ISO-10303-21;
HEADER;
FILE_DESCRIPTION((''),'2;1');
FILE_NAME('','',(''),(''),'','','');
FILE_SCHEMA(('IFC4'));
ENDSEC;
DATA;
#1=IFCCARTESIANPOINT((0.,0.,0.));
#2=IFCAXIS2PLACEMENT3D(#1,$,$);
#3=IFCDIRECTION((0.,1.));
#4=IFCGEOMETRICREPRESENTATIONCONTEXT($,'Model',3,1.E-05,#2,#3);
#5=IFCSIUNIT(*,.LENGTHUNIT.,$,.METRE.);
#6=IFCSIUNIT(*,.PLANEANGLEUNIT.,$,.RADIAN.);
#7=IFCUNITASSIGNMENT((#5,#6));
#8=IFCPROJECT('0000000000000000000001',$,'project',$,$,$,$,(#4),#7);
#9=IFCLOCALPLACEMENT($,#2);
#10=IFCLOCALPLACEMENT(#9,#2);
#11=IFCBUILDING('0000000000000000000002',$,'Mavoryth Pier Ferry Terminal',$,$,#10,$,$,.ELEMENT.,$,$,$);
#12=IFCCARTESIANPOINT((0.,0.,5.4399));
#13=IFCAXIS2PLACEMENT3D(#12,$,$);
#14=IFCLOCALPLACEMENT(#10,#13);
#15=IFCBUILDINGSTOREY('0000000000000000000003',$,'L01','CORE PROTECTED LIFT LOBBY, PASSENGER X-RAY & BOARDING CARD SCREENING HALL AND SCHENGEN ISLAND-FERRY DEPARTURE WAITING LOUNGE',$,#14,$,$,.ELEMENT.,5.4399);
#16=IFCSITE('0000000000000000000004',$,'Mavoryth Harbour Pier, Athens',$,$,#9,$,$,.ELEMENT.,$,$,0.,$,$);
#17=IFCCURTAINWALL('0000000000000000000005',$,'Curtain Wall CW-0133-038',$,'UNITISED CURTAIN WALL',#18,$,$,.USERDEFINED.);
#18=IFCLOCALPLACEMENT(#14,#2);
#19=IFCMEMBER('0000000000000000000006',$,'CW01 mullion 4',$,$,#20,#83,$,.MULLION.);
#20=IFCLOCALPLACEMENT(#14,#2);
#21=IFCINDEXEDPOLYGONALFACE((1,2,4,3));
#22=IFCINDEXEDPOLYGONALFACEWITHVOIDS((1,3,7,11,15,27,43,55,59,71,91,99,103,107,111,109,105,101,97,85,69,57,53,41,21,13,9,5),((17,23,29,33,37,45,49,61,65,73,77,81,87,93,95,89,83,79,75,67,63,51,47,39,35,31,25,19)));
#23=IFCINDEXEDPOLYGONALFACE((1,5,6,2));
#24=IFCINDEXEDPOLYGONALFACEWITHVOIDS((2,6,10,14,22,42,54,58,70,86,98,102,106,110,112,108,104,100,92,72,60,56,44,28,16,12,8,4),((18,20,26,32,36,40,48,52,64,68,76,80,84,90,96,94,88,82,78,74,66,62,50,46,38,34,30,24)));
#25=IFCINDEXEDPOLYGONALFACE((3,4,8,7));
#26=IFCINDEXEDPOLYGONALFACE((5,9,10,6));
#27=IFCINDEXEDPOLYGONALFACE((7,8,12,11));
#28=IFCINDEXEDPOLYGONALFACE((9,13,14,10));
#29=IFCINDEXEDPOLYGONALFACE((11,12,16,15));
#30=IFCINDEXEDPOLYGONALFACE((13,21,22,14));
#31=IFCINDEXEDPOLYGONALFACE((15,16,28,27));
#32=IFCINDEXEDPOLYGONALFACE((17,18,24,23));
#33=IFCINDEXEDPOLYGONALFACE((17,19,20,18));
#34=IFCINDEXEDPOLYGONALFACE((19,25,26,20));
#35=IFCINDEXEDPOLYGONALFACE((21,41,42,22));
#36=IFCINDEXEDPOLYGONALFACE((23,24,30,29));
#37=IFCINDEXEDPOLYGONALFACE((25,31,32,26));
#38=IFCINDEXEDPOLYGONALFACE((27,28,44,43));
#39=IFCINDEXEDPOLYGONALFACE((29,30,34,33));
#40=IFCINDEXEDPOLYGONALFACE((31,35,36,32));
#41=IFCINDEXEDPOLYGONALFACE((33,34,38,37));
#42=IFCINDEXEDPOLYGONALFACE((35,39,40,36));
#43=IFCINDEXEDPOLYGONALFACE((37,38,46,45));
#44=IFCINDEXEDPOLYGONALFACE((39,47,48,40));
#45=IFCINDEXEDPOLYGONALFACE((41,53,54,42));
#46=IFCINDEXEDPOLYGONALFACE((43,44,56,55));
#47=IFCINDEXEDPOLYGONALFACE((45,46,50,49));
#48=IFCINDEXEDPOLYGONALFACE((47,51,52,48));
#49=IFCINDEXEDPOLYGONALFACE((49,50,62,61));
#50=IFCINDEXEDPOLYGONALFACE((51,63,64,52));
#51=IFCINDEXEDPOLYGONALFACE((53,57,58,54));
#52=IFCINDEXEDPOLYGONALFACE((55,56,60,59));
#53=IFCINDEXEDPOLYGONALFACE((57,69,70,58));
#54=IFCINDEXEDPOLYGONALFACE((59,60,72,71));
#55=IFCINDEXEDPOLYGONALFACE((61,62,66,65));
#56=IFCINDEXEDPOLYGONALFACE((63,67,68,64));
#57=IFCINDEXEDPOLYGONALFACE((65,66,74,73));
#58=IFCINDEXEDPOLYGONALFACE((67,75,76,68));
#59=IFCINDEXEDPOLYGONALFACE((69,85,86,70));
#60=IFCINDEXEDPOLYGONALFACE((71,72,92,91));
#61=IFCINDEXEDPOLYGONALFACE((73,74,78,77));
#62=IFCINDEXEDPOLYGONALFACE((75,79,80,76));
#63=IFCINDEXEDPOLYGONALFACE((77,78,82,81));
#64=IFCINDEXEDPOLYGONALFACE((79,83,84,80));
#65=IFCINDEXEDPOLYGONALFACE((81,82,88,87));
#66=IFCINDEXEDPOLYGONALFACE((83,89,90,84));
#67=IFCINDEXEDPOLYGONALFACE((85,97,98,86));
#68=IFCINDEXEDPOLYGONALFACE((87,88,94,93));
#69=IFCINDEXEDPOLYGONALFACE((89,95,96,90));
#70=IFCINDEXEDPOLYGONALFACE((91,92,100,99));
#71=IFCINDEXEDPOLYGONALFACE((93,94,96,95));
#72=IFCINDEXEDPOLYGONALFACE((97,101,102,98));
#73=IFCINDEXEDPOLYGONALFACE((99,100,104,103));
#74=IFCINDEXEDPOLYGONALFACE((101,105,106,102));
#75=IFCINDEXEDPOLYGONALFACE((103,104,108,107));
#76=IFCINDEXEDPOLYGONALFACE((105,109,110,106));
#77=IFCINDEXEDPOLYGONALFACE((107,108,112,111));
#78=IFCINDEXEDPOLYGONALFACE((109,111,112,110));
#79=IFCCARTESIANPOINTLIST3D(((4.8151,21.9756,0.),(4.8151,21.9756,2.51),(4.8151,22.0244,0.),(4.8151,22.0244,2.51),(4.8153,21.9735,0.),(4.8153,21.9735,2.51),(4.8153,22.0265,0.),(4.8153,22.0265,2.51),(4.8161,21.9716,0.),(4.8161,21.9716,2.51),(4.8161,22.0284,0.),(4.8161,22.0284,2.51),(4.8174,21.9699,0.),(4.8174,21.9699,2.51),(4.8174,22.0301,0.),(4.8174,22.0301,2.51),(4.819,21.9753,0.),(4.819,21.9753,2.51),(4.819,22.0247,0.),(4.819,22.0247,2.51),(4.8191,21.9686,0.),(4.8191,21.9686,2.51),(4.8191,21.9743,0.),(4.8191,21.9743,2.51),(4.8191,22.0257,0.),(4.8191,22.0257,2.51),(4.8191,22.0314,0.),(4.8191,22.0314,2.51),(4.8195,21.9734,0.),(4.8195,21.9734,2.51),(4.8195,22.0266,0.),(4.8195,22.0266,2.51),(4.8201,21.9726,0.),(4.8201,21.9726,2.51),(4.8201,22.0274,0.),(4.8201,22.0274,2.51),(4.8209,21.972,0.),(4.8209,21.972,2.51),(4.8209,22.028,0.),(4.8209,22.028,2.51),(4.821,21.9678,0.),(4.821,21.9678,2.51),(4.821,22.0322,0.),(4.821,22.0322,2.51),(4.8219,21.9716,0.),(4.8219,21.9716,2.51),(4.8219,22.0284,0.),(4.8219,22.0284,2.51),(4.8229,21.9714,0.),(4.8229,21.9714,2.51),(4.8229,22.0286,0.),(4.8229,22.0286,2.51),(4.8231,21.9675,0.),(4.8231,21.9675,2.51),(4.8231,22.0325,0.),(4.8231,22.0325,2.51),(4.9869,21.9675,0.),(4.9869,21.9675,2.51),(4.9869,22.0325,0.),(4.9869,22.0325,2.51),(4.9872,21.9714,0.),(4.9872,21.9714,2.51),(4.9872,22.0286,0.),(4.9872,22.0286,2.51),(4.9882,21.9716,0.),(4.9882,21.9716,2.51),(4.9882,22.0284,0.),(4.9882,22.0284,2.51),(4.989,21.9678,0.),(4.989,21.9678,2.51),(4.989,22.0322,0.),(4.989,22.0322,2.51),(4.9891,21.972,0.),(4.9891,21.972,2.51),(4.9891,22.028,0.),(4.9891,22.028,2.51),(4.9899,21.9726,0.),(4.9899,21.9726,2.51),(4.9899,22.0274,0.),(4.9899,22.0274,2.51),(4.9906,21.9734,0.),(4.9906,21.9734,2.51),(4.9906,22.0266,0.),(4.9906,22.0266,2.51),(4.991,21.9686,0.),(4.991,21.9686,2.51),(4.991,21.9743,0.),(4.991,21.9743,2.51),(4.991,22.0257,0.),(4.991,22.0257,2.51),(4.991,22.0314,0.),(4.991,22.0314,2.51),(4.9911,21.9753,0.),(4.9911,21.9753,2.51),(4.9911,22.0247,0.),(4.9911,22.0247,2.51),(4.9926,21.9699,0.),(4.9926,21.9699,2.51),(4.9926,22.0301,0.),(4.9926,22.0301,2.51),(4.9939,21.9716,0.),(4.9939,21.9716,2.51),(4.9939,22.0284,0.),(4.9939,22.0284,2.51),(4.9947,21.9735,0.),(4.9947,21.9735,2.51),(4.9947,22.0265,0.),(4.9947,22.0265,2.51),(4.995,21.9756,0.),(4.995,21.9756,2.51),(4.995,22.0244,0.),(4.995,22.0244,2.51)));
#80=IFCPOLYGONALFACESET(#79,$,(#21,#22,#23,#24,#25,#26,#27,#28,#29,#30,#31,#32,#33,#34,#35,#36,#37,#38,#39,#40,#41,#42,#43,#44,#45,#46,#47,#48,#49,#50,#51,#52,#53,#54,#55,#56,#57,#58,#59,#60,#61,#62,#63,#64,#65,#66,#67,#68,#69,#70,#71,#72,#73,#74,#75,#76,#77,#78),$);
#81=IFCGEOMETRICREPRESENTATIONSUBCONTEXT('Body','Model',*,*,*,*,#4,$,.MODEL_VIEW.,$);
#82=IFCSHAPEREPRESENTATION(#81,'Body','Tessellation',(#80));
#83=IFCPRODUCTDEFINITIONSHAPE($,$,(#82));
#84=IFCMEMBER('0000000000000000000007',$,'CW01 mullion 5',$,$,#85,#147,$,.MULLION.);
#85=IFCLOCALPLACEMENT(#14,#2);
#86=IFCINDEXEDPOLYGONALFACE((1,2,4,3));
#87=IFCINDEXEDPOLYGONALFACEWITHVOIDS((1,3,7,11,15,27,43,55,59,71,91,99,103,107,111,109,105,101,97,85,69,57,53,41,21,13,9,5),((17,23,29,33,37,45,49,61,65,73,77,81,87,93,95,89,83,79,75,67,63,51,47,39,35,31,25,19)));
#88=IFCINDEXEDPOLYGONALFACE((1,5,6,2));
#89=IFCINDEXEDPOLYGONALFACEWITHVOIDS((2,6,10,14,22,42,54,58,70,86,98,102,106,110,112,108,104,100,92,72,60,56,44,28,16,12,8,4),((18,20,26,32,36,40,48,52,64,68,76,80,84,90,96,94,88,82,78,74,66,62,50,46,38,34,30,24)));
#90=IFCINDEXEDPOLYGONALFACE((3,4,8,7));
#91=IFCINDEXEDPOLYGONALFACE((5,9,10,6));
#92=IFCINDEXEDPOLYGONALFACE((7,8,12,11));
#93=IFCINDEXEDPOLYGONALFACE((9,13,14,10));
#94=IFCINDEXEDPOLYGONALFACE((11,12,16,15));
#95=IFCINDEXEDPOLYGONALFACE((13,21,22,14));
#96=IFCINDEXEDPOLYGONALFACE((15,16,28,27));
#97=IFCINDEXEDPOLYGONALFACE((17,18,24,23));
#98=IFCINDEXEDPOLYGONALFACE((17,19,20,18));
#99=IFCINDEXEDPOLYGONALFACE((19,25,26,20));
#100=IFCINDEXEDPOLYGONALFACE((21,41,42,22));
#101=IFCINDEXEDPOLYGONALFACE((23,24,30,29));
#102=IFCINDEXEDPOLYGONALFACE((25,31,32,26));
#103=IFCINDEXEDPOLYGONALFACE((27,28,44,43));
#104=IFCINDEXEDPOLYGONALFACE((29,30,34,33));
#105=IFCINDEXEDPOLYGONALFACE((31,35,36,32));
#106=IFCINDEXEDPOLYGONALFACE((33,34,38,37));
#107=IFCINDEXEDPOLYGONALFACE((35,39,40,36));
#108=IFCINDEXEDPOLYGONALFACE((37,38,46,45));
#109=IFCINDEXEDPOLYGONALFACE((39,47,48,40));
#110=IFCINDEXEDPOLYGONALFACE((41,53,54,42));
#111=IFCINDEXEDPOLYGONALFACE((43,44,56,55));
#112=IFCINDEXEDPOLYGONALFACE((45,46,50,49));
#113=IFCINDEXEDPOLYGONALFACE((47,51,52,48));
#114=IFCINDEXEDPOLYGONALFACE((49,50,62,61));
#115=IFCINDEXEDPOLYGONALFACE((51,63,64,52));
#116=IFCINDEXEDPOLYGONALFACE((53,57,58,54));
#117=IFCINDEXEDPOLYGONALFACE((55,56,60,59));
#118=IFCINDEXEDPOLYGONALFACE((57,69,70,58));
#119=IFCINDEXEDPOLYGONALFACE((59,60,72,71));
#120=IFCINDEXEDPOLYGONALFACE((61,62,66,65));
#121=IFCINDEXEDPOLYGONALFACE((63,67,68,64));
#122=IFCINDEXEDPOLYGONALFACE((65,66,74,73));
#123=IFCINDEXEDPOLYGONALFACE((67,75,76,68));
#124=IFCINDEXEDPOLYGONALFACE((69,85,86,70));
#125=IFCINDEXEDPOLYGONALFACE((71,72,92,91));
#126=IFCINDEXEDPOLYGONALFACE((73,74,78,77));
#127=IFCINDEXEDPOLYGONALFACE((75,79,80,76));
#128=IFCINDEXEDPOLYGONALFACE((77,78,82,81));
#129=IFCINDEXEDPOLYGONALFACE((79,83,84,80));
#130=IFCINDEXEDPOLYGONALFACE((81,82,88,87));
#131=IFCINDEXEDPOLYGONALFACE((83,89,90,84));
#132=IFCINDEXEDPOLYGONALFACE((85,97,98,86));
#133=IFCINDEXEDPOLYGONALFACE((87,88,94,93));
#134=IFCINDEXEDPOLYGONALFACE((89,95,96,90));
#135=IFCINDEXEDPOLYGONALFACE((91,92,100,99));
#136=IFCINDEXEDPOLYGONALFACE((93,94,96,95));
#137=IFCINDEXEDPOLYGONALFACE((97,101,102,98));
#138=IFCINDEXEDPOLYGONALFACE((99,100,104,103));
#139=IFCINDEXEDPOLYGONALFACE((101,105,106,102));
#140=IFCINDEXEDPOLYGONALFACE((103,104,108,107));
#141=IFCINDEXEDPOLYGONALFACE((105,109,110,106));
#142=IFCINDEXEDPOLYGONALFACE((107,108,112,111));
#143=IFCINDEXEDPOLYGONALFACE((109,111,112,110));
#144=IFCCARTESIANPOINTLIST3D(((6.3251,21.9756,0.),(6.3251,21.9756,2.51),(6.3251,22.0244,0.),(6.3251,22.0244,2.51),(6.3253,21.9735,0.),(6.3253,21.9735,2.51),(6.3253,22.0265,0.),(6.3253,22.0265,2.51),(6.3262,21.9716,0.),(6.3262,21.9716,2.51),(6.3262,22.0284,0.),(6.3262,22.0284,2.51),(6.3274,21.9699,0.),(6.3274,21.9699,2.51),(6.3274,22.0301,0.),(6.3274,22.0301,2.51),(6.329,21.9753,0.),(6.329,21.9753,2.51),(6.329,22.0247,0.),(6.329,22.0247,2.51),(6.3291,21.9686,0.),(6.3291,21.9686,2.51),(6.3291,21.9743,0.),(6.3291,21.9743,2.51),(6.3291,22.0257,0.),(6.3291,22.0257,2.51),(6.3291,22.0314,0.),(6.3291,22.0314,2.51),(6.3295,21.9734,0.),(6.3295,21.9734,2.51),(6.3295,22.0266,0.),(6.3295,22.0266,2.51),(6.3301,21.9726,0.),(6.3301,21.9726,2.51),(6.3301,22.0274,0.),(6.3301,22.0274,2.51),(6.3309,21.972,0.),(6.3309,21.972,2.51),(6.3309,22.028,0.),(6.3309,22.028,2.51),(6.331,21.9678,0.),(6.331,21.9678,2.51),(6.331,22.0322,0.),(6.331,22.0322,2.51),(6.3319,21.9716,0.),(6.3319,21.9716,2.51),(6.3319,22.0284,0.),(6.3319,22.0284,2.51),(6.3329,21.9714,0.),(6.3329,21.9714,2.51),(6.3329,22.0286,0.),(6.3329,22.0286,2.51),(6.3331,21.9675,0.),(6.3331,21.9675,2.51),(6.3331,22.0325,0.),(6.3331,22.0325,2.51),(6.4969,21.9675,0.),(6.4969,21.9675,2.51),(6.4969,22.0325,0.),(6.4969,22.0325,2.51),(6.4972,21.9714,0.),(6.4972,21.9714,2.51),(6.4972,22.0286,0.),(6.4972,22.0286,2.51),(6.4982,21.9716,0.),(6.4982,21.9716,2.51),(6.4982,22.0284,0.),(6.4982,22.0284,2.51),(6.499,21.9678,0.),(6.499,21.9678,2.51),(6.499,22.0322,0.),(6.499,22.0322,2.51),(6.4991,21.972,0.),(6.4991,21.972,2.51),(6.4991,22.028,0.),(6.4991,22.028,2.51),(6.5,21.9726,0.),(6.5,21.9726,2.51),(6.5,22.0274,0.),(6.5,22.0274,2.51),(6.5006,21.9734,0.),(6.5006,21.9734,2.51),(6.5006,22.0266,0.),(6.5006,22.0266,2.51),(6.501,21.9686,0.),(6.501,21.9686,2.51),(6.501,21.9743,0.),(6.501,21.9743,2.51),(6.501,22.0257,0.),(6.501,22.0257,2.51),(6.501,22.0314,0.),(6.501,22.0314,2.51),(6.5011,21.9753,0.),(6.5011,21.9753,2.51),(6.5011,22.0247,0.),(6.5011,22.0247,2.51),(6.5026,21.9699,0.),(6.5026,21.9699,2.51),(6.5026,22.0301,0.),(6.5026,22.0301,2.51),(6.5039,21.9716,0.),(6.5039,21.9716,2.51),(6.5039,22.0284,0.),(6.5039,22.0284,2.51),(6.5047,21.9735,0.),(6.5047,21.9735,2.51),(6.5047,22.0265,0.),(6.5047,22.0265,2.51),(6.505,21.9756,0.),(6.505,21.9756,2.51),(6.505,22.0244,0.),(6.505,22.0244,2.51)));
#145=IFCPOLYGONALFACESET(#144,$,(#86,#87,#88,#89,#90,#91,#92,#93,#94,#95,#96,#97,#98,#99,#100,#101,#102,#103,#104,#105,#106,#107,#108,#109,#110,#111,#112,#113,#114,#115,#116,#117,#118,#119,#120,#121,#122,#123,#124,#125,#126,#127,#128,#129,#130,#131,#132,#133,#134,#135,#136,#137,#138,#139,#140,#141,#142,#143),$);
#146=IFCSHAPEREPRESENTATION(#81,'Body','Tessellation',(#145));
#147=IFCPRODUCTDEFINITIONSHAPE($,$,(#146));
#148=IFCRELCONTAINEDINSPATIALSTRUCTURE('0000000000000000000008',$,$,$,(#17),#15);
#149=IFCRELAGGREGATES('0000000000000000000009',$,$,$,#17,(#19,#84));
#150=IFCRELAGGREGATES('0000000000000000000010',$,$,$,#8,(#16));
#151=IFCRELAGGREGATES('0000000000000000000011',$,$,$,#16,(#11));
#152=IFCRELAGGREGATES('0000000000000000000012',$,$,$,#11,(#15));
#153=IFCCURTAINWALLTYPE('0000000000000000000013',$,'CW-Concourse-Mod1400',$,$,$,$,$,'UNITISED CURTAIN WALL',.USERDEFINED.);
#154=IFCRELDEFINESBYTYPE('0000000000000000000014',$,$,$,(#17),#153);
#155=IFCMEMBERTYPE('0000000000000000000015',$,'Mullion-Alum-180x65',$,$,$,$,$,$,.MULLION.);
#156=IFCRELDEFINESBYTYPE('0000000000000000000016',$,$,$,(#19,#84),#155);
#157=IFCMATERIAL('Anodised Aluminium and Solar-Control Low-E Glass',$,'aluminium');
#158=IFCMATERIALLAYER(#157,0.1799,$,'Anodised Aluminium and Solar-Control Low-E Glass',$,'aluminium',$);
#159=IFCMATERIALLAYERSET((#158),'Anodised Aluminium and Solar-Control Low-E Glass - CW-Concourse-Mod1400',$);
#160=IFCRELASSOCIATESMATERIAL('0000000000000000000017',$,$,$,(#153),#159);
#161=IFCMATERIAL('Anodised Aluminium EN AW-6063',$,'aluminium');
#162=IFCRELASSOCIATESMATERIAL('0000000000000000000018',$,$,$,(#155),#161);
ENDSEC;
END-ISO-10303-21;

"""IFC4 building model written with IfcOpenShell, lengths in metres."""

from ifc_helpers import new_model, si_unit, direction, frame, origin, origin_2d, place, context, subcontext, project, spatial, hollow_rectangle, extrude, material, layer, layer_set, material_profile, profile_set, type_object, element, aggregate, save


model = new_model("IFC4")

# Units and contexts
model_context = context("Model", 3, precision=1e-05, world=origin(), true_north=direction((0.0, 1.0)))
body_context = subcontext(model_context, "Body", "Model", "MODEL_VIEW")
ifc_project = project(units=[si_unit("LENGTHUNIT", "METRE"), si_unit("PLANEANGLEUNIT", "RADIAN")], contexts=[model_context])

# Site, building, storey
site_placement = place(None, origin())
site = spatial("IfcSite", under=ifc_project, at=site_placement, Name="Mavoryth Harbour Pier, Athens", CompositionType="ELEMENT", RefElevation=0.0)
building_placement = place(site_placement, origin())
building = spatial("IfcBuilding", under=site, at=building_placement, Name="Mavoryth Pier Ferry Terminal", CompositionType="ELEMENT")
storey_placement = place(building_placement, frame((0.0, 0.0, 5.4399)))
storey = spatial("IfcBuildingStorey", under=building, at=storey_placement, Name="L01", Description="CORE PROTECTED LIFT LOBBY, PASSENGER X-RAY & BOARDING CARD SCREENING HALL AND SCHENGEN ISLAND-FERRY DEPARTURE WAITING LOUNGE", CompositionType="ELEMENT", Elevation=5.4399)

# Curtain wall, members
ifc_material_1 = material(Name="Anodised Aluminium and Solar-Control Low-E Glass", Category="aluminium")
ifc_layer_1 = layer(ifc_material_1, 0.1799, Name="Anodised Aluminium and Solar-Control Low-E Glass", Category="aluminium")
ifc_layer_set_1 = layer_set([ifc_layer_1], Name="Anodised Aluminium and Solar-Control Low-E Glass - CW-Concourse-Mod1400")
curtain_wall_type = type_object("IfcCurtainWallType", Name="CW-Concourse-Mod1400", ElementType="UNITISED CURTAIN WALL", PredefinedType="USERDEFINED", material=ifc_layer_set_1)
curtain_wall_1_placement = place(storey_placement, origin())
curtain_wall_1 = element("IfcCurtainWall", 1, at=curtain_wall_1_placement, inside=storey, type_object=curtain_wall_type, Name="Curtain Wall CW-0133-038", ObjectType="UNITISED CURTAIN WALL", PredefinedType="USERDEFINED")
ifc_material_2 = material(Name="Anodised Aluminium EN AW-6063", Category="aluminium")
ifc_material_profile_1 = material_profile(ifc_material_2, hollow_rectangle(XDim=0.0649, YDim=0.1799, WallThickness=0.0039, InnerFilletRadius=0.0039, OuterFilletRadius=0.0081, at=origin_2d()), Name="AL-MULL 180x65x4", Category="aluminium")
ifc_profile_set_1 = profile_set([ifc_material_profile_1], Name="Anodised Aluminium EN AW-6063 - AL-MULL 180x65x4")
member_type_1 = type_object("IfcMemberType", Name="Mullion-Alum-180x65", PredefinedType="MULLION", material=ifc_profile_set_1)
member_1_placement = place(storey_placement, frame((4.905, 22.0, 0.0), z_axis=(0.0, 0.0, 1.0), x_axis=(0.0, 1.0, 0.0)))
member_1 = element("IfcMember", 2, at=member_1_placement, type_object=member_type_1, Name="CW01 mullion 4", PredefinedType="MULLION", context=body_context, shape_type="SweptSolid", body=[
    extrude(hollow_rectangle(XDim=0.0649, YDim=0.1799, WallThickness=0.0039, InnerFilletRadius=0.0039, OuterFilletRadius=0.0081, at=origin_2d()), origin(), (0.0, 0.0, 1.0), 2.51),
])
member_2_placement = place(storey_placement, frame((6.415, 22.0, 0.0), z_axis=(0.0, 0.0, 1.0), x_axis=(0.0, 1.0, 0.0)))
member_2 = element("IfcMember", 3, at=member_2_placement, type_object=member_type_1, Name="CW01 mullion 5", PredefinedType="MULLION", context=body_context, shape_type="SweptSolid", body=[
    extrude(hollow_rectangle(XDim=0.0649, YDim=0.1799, WallThickness=0.0039, InnerFilletRadius=0.0039, OuterFilletRadius=0.0081, at=origin_2d()), origin(), (0.0, 0.0, 1.0), 2.51),
])

aggregate(curtain_wall_1, [member_1, member_2])

save(model, "model.ifc")
